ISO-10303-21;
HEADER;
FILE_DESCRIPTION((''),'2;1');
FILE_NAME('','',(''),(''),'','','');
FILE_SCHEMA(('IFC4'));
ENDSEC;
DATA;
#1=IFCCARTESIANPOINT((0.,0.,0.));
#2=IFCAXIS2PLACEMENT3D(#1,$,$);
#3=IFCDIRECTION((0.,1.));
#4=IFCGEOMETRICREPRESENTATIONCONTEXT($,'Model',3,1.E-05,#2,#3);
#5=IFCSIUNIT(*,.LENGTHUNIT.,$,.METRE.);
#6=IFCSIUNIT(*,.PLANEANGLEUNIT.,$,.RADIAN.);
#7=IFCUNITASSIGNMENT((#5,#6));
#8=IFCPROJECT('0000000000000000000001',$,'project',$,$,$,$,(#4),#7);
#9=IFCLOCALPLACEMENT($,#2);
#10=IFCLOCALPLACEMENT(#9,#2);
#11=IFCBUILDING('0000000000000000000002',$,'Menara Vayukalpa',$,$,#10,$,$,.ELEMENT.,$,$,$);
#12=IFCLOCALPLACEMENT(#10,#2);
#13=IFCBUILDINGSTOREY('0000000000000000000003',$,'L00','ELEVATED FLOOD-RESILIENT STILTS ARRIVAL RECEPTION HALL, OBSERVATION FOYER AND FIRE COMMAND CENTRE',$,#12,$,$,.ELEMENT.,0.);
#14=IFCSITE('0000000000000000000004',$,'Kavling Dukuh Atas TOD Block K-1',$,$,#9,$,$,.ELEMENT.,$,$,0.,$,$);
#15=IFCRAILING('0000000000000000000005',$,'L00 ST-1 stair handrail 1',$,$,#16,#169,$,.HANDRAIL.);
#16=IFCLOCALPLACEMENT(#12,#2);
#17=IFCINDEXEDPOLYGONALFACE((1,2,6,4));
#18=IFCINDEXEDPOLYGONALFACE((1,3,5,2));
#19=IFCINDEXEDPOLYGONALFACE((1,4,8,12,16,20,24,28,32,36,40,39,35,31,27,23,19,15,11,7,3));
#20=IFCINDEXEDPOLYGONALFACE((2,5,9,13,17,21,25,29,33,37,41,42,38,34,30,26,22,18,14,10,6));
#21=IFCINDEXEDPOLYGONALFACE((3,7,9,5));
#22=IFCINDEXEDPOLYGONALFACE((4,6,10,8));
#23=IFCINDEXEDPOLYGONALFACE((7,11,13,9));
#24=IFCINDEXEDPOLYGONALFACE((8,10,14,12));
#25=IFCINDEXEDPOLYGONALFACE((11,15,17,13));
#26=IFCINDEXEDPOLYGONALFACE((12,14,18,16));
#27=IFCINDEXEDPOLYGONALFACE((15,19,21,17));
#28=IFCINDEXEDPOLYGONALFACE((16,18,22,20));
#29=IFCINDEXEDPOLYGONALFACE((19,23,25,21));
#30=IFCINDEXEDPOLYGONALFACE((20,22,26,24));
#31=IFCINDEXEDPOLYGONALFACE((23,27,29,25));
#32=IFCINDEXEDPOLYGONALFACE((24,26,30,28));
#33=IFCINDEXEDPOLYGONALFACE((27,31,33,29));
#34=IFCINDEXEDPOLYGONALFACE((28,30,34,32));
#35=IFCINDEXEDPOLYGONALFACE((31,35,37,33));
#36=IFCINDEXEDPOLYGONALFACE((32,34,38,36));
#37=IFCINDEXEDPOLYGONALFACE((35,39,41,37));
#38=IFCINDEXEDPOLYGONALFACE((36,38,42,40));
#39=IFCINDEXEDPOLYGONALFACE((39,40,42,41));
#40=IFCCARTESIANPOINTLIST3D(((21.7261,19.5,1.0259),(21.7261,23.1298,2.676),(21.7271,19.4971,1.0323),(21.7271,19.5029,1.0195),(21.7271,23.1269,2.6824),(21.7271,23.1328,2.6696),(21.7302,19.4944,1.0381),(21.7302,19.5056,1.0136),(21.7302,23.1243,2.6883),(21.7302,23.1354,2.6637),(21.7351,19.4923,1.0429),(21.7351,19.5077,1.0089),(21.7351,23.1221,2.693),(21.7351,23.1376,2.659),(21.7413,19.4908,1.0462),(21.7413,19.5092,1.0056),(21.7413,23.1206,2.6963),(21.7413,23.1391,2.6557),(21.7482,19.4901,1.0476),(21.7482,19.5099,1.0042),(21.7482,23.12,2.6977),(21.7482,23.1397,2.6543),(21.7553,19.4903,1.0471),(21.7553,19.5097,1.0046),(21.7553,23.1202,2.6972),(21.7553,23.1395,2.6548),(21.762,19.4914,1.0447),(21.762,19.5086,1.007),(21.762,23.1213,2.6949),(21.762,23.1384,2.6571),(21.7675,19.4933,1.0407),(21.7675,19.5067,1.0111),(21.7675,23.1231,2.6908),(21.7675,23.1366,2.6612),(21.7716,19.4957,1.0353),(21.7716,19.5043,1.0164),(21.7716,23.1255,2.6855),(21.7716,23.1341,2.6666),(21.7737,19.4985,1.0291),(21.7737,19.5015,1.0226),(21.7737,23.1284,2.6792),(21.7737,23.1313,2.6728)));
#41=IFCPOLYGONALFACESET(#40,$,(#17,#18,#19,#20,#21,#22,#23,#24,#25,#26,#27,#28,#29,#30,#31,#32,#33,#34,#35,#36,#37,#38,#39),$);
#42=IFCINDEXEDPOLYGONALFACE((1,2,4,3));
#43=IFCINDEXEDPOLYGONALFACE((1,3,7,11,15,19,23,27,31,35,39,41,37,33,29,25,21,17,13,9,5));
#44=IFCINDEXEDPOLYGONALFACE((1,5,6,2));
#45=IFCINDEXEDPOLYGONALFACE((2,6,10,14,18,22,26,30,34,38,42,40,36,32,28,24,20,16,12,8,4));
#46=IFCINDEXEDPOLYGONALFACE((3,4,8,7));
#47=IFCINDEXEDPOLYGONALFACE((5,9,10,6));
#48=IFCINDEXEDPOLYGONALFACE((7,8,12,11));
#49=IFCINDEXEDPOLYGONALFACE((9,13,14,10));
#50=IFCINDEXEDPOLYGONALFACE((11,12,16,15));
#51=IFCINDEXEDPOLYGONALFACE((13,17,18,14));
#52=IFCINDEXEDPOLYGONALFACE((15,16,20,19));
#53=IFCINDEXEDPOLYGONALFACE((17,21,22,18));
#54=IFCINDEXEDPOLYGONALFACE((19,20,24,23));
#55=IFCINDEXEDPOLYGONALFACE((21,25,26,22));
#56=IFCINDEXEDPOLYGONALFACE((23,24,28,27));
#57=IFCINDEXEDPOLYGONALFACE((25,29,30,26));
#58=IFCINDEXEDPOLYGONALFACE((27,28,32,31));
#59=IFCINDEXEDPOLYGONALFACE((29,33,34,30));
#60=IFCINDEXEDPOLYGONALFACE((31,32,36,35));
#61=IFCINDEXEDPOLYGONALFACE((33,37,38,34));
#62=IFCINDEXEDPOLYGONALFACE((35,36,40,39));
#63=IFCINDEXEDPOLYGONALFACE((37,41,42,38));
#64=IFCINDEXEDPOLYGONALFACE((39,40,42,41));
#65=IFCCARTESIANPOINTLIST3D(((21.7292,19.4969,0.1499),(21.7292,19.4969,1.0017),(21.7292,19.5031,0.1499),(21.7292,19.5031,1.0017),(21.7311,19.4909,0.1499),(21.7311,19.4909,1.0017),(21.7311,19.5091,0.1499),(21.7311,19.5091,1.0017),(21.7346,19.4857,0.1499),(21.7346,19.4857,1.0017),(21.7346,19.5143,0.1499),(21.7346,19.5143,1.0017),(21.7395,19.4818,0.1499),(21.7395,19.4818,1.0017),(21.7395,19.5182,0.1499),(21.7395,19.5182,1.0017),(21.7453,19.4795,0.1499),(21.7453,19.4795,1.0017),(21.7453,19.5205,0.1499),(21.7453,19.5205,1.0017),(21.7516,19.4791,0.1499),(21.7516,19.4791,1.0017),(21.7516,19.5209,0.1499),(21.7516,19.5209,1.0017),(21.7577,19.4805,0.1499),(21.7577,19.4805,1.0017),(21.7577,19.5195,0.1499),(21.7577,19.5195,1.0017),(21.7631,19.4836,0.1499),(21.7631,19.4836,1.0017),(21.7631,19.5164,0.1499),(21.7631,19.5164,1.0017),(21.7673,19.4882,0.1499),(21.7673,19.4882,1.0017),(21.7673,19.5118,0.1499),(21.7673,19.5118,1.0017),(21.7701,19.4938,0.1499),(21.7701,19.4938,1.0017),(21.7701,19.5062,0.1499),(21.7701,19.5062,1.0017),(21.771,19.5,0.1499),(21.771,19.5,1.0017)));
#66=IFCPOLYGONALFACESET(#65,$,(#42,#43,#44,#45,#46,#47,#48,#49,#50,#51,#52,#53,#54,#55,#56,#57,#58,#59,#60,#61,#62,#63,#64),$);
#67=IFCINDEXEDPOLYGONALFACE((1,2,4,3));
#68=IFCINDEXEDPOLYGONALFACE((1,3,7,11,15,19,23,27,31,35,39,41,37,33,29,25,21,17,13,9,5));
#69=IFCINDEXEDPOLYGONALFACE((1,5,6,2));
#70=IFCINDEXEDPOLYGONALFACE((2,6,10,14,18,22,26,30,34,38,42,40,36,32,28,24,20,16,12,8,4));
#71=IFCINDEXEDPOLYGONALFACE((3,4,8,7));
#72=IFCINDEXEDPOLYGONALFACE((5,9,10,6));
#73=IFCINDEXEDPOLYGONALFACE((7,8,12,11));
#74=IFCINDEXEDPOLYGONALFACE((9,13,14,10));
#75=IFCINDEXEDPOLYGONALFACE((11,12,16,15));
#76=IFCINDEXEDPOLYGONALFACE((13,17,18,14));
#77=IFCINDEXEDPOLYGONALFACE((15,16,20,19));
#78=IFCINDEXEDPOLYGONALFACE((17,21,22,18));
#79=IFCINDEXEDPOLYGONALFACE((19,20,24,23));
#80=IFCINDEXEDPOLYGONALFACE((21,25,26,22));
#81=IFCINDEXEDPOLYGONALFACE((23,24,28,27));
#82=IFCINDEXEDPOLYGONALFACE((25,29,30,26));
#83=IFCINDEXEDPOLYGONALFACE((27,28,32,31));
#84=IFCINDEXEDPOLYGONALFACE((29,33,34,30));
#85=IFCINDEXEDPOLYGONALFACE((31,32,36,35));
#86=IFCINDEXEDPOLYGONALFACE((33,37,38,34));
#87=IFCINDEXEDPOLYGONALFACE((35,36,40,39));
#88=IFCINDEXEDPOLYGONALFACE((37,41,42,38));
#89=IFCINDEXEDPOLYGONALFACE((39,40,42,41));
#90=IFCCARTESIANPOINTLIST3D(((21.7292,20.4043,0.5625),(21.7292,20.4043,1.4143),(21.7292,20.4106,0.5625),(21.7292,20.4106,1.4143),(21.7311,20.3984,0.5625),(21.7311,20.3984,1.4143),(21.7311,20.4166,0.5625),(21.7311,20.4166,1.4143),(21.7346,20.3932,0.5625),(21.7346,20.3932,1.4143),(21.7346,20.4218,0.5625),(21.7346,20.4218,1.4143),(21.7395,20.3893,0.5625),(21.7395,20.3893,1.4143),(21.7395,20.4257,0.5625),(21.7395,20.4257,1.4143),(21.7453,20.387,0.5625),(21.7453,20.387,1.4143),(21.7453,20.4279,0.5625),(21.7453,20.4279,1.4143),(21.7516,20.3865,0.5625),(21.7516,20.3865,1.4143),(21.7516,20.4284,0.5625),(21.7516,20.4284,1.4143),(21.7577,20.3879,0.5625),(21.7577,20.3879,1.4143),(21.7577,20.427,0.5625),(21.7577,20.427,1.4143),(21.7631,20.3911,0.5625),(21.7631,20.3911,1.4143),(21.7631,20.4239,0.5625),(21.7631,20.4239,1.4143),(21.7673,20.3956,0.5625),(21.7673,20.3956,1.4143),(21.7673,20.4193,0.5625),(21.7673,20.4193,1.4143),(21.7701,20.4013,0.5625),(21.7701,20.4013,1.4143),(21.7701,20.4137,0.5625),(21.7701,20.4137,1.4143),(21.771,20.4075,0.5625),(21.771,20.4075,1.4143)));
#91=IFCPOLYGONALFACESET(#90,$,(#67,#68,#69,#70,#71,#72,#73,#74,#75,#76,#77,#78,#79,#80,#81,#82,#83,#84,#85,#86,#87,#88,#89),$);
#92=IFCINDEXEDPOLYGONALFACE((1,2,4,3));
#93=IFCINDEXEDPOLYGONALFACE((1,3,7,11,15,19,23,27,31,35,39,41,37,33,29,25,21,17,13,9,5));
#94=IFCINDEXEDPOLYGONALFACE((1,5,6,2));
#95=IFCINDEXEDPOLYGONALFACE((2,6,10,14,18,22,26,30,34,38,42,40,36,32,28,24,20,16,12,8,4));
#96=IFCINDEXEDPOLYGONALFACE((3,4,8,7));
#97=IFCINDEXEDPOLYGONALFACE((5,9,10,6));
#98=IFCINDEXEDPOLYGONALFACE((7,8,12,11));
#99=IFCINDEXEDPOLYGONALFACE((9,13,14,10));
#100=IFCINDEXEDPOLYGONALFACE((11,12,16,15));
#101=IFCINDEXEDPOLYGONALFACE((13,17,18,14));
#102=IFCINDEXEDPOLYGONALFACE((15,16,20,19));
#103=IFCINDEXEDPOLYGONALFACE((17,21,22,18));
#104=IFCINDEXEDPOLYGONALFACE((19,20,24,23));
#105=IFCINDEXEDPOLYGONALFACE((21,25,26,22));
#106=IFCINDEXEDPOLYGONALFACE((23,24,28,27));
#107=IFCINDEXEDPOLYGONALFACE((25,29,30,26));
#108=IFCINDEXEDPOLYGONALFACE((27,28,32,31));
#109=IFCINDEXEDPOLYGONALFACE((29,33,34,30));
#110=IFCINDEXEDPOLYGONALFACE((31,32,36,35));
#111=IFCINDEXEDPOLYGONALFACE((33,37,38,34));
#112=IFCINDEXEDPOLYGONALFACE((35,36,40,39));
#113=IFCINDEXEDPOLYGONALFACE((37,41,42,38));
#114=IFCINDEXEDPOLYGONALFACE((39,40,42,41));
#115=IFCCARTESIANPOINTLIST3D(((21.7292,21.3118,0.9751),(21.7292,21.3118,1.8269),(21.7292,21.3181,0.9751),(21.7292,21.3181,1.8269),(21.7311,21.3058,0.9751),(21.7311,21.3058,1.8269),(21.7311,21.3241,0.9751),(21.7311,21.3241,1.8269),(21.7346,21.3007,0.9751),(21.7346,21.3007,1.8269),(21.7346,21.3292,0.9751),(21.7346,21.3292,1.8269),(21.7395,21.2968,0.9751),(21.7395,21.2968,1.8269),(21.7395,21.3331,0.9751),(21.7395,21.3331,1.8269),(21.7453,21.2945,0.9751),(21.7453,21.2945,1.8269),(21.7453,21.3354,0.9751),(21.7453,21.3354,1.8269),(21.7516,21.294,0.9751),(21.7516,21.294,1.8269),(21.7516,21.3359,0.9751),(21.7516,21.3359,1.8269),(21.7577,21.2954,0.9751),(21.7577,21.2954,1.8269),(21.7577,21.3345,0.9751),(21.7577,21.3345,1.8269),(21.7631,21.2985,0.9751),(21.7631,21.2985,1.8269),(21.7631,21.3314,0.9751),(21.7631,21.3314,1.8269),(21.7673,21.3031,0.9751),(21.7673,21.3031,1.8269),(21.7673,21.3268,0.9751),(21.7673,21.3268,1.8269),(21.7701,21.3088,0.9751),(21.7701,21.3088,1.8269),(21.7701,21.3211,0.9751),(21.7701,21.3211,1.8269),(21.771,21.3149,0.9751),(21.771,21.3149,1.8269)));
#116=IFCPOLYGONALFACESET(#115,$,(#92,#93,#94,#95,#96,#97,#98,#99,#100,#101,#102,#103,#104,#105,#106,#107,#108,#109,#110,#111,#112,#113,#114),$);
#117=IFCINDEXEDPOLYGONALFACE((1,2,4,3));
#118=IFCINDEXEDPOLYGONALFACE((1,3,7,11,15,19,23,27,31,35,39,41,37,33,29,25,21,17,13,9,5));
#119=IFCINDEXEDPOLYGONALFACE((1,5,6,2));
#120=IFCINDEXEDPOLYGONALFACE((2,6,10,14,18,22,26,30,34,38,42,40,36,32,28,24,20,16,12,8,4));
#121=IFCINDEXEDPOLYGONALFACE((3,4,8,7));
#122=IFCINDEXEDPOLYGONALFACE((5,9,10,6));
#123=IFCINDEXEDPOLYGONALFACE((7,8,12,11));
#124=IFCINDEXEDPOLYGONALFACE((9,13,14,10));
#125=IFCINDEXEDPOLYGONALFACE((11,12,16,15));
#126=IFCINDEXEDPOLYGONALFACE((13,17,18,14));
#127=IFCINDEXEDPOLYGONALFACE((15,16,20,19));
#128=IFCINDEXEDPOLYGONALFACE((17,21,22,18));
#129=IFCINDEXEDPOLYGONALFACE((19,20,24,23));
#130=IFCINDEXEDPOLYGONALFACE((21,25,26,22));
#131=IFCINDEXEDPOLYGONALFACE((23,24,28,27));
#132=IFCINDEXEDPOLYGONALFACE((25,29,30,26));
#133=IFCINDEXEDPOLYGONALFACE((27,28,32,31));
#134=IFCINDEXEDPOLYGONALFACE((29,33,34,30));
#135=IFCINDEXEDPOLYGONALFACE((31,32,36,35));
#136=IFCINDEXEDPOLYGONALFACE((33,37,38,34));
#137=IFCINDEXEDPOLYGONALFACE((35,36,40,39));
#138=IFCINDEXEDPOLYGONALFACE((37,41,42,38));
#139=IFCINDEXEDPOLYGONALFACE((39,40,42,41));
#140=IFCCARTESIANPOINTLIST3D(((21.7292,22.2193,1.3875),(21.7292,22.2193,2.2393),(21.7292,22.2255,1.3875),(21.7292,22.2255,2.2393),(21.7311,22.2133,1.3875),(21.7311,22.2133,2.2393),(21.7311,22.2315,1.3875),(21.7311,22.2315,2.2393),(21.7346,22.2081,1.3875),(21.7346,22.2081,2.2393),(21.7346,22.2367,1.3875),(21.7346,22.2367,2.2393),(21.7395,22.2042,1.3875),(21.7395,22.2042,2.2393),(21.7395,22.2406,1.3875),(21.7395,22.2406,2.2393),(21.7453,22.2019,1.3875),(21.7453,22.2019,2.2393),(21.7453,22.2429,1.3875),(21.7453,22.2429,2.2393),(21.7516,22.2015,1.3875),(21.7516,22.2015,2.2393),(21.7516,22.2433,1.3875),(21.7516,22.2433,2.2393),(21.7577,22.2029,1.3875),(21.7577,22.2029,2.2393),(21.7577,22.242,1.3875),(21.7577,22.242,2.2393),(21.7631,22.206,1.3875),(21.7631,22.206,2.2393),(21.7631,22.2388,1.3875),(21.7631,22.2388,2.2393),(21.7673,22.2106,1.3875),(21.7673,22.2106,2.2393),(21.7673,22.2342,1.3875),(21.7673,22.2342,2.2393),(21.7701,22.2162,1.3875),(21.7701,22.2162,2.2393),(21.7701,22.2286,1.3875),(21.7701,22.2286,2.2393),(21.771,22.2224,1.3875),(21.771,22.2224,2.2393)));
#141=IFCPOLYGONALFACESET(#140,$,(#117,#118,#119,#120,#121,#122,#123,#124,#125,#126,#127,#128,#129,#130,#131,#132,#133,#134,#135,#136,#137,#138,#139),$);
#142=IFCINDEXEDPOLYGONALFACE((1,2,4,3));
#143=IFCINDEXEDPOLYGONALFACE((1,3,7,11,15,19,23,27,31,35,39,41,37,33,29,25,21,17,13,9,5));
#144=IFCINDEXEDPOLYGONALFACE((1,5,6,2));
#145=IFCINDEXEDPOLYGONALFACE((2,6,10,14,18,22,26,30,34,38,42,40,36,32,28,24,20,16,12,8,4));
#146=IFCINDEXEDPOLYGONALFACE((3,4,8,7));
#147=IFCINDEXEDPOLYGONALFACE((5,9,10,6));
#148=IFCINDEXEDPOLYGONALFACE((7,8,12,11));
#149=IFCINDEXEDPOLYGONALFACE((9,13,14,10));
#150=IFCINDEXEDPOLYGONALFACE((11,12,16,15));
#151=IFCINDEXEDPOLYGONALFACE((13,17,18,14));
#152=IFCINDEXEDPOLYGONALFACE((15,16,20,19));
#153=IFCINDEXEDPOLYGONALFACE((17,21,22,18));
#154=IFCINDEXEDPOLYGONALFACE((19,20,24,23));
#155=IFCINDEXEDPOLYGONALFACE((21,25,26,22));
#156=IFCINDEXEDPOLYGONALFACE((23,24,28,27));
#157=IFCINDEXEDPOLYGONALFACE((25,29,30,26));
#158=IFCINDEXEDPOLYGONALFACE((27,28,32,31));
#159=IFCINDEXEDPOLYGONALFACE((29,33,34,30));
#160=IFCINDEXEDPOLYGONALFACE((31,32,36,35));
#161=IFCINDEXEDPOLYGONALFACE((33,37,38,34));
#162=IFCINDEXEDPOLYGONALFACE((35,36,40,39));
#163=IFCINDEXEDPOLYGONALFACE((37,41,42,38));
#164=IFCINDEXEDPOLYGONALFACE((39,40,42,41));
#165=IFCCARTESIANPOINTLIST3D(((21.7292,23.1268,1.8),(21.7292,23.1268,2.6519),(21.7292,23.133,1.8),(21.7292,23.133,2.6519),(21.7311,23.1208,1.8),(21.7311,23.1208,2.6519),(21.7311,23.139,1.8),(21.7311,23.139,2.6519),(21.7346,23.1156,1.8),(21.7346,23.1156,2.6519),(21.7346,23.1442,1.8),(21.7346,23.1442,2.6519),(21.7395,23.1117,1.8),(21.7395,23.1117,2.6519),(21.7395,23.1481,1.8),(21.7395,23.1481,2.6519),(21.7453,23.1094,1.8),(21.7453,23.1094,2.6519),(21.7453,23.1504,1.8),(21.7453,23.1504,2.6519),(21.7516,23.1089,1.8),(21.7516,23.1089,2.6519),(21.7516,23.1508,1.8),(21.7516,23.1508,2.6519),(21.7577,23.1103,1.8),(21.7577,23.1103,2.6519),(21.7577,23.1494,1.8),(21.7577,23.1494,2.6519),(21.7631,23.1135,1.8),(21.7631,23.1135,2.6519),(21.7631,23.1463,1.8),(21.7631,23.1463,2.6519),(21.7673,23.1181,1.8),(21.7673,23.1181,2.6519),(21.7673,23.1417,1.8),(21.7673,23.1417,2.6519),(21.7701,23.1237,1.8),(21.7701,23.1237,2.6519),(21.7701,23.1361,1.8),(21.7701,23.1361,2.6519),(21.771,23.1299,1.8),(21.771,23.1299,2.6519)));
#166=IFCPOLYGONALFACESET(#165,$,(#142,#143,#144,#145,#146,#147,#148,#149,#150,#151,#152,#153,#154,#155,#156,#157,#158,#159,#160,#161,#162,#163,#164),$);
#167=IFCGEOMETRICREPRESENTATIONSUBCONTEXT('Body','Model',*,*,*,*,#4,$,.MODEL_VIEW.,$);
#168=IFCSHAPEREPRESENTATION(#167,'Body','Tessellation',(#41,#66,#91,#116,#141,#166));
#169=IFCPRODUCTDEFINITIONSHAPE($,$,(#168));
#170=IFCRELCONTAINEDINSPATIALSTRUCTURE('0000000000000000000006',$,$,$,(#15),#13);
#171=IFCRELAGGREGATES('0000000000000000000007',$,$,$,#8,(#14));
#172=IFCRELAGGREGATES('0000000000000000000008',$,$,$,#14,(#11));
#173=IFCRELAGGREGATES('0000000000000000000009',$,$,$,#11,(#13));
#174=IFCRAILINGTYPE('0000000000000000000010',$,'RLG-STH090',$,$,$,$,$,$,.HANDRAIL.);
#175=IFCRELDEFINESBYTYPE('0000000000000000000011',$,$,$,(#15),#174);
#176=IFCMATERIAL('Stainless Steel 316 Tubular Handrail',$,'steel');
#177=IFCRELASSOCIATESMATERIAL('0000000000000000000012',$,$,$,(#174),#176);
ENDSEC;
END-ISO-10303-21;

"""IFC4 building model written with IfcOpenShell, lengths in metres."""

from ifc_helpers import new_model, si_unit, direction, frame, origin, origin_2d, place, context, subcontext, project, spatial, circle, extrude, material, type_object, element, save


model = new_model("IFC4")

# Units and contexts
model_context = context("Model", 3, precision=1e-05, world=origin(), true_north=direction((0.0, 1.0)))
body_context = subcontext(model_context, "Body", "Model", "MODEL_VIEW")
ifc_project = project(units=[si_unit("LENGTHUNIT", "METRE"), si_unit("PLANEANGLEUNIT", "RADIAN")], contexts=[model_context])

# Site, building, storey
site_placement = place(None, origin())
site = spatial("IfcSite", under=ifc_project, at=site_placement, Name="Kavling Dukuh Atas TOD Block K-1", CompositionType="ELEMENT", RefElevation=0.0)
building_placement = place(site_placement, origin())
building = spatial("IfcBuilding", under=site, at=building_placement, Name="Menara Vayukalpa", CompositionType="ELEMENT")
storey_placement = place(building_placement, origin())
storey = spatial("IfcBuildingStorey", under=building, at=storey_placement, Name="L00", Description="ELEVATED FLOOD-RESILIENT STILTS ARRIVAL RECEPTION HALL, OBSERVATION FOYER AND FIRE COMMAND CENTRE", CompositionType="ELEMENT", Elevation=0.0)

# Railing
ifc_material_1 = material(Name="Stainless Steel 316 Tubular Handrail", Category="steel")
railing_type_1 = type_object("IfcRailingType", Name="RLG-STH090", PredefinedType="HANDRAIL", material=ifc_material_1)
railing_1_placement = place(storey_placement, frame((21.75, 19.5, 0.1499)))
element("IfcRailing", 1, at=railing_1_placement, inside=storey, type_object=railing_type_1, Name="L00 ST-1 stair handrail 1", PredefinedType="HANDRAIL", context=body_context, shape_type="SweptSolid", body=[
    extrude(circle(Radius=0.0239, at=origin_2d()), frame((0.0, 0.0, 0.876), z_axis=(0.0, 0.910348, 0.413844), x_axis=(-1.0, 0.0, 0.0)), (0.0, 0.0, 1.0), 3.9873),
    extrude(circle(Radius=0.021, at=origin_2d()), origin(), (0.0, 0.0, 1.0), 0.8518),
    extrude(circle(Radius=0.021, at=origin_2d()), frame((0.0, 0.9075, 0.4126)), (0.0, 0.0, 1.0), 0.8518),
    extrude(circle(Radius=0.021, at=origin_2d()), frame((0.0, 1.8149, 0.8252)), (0.0, 0.0, 1.0), 0.8518),
    extrude(circle(Radius=0.021, at=origin_2d()), frame((0.0, 2.7224, 1.2375)), (0.0, 0.0, 1.0), 0.8518),
    extrude(circle(Radius=0.021, at=origin_2d()), frame((0.0, 3.6299, 1.6501)), (0.0, 0.0, 1.0), 0.8518),
])

save(model, "model.ifc")
